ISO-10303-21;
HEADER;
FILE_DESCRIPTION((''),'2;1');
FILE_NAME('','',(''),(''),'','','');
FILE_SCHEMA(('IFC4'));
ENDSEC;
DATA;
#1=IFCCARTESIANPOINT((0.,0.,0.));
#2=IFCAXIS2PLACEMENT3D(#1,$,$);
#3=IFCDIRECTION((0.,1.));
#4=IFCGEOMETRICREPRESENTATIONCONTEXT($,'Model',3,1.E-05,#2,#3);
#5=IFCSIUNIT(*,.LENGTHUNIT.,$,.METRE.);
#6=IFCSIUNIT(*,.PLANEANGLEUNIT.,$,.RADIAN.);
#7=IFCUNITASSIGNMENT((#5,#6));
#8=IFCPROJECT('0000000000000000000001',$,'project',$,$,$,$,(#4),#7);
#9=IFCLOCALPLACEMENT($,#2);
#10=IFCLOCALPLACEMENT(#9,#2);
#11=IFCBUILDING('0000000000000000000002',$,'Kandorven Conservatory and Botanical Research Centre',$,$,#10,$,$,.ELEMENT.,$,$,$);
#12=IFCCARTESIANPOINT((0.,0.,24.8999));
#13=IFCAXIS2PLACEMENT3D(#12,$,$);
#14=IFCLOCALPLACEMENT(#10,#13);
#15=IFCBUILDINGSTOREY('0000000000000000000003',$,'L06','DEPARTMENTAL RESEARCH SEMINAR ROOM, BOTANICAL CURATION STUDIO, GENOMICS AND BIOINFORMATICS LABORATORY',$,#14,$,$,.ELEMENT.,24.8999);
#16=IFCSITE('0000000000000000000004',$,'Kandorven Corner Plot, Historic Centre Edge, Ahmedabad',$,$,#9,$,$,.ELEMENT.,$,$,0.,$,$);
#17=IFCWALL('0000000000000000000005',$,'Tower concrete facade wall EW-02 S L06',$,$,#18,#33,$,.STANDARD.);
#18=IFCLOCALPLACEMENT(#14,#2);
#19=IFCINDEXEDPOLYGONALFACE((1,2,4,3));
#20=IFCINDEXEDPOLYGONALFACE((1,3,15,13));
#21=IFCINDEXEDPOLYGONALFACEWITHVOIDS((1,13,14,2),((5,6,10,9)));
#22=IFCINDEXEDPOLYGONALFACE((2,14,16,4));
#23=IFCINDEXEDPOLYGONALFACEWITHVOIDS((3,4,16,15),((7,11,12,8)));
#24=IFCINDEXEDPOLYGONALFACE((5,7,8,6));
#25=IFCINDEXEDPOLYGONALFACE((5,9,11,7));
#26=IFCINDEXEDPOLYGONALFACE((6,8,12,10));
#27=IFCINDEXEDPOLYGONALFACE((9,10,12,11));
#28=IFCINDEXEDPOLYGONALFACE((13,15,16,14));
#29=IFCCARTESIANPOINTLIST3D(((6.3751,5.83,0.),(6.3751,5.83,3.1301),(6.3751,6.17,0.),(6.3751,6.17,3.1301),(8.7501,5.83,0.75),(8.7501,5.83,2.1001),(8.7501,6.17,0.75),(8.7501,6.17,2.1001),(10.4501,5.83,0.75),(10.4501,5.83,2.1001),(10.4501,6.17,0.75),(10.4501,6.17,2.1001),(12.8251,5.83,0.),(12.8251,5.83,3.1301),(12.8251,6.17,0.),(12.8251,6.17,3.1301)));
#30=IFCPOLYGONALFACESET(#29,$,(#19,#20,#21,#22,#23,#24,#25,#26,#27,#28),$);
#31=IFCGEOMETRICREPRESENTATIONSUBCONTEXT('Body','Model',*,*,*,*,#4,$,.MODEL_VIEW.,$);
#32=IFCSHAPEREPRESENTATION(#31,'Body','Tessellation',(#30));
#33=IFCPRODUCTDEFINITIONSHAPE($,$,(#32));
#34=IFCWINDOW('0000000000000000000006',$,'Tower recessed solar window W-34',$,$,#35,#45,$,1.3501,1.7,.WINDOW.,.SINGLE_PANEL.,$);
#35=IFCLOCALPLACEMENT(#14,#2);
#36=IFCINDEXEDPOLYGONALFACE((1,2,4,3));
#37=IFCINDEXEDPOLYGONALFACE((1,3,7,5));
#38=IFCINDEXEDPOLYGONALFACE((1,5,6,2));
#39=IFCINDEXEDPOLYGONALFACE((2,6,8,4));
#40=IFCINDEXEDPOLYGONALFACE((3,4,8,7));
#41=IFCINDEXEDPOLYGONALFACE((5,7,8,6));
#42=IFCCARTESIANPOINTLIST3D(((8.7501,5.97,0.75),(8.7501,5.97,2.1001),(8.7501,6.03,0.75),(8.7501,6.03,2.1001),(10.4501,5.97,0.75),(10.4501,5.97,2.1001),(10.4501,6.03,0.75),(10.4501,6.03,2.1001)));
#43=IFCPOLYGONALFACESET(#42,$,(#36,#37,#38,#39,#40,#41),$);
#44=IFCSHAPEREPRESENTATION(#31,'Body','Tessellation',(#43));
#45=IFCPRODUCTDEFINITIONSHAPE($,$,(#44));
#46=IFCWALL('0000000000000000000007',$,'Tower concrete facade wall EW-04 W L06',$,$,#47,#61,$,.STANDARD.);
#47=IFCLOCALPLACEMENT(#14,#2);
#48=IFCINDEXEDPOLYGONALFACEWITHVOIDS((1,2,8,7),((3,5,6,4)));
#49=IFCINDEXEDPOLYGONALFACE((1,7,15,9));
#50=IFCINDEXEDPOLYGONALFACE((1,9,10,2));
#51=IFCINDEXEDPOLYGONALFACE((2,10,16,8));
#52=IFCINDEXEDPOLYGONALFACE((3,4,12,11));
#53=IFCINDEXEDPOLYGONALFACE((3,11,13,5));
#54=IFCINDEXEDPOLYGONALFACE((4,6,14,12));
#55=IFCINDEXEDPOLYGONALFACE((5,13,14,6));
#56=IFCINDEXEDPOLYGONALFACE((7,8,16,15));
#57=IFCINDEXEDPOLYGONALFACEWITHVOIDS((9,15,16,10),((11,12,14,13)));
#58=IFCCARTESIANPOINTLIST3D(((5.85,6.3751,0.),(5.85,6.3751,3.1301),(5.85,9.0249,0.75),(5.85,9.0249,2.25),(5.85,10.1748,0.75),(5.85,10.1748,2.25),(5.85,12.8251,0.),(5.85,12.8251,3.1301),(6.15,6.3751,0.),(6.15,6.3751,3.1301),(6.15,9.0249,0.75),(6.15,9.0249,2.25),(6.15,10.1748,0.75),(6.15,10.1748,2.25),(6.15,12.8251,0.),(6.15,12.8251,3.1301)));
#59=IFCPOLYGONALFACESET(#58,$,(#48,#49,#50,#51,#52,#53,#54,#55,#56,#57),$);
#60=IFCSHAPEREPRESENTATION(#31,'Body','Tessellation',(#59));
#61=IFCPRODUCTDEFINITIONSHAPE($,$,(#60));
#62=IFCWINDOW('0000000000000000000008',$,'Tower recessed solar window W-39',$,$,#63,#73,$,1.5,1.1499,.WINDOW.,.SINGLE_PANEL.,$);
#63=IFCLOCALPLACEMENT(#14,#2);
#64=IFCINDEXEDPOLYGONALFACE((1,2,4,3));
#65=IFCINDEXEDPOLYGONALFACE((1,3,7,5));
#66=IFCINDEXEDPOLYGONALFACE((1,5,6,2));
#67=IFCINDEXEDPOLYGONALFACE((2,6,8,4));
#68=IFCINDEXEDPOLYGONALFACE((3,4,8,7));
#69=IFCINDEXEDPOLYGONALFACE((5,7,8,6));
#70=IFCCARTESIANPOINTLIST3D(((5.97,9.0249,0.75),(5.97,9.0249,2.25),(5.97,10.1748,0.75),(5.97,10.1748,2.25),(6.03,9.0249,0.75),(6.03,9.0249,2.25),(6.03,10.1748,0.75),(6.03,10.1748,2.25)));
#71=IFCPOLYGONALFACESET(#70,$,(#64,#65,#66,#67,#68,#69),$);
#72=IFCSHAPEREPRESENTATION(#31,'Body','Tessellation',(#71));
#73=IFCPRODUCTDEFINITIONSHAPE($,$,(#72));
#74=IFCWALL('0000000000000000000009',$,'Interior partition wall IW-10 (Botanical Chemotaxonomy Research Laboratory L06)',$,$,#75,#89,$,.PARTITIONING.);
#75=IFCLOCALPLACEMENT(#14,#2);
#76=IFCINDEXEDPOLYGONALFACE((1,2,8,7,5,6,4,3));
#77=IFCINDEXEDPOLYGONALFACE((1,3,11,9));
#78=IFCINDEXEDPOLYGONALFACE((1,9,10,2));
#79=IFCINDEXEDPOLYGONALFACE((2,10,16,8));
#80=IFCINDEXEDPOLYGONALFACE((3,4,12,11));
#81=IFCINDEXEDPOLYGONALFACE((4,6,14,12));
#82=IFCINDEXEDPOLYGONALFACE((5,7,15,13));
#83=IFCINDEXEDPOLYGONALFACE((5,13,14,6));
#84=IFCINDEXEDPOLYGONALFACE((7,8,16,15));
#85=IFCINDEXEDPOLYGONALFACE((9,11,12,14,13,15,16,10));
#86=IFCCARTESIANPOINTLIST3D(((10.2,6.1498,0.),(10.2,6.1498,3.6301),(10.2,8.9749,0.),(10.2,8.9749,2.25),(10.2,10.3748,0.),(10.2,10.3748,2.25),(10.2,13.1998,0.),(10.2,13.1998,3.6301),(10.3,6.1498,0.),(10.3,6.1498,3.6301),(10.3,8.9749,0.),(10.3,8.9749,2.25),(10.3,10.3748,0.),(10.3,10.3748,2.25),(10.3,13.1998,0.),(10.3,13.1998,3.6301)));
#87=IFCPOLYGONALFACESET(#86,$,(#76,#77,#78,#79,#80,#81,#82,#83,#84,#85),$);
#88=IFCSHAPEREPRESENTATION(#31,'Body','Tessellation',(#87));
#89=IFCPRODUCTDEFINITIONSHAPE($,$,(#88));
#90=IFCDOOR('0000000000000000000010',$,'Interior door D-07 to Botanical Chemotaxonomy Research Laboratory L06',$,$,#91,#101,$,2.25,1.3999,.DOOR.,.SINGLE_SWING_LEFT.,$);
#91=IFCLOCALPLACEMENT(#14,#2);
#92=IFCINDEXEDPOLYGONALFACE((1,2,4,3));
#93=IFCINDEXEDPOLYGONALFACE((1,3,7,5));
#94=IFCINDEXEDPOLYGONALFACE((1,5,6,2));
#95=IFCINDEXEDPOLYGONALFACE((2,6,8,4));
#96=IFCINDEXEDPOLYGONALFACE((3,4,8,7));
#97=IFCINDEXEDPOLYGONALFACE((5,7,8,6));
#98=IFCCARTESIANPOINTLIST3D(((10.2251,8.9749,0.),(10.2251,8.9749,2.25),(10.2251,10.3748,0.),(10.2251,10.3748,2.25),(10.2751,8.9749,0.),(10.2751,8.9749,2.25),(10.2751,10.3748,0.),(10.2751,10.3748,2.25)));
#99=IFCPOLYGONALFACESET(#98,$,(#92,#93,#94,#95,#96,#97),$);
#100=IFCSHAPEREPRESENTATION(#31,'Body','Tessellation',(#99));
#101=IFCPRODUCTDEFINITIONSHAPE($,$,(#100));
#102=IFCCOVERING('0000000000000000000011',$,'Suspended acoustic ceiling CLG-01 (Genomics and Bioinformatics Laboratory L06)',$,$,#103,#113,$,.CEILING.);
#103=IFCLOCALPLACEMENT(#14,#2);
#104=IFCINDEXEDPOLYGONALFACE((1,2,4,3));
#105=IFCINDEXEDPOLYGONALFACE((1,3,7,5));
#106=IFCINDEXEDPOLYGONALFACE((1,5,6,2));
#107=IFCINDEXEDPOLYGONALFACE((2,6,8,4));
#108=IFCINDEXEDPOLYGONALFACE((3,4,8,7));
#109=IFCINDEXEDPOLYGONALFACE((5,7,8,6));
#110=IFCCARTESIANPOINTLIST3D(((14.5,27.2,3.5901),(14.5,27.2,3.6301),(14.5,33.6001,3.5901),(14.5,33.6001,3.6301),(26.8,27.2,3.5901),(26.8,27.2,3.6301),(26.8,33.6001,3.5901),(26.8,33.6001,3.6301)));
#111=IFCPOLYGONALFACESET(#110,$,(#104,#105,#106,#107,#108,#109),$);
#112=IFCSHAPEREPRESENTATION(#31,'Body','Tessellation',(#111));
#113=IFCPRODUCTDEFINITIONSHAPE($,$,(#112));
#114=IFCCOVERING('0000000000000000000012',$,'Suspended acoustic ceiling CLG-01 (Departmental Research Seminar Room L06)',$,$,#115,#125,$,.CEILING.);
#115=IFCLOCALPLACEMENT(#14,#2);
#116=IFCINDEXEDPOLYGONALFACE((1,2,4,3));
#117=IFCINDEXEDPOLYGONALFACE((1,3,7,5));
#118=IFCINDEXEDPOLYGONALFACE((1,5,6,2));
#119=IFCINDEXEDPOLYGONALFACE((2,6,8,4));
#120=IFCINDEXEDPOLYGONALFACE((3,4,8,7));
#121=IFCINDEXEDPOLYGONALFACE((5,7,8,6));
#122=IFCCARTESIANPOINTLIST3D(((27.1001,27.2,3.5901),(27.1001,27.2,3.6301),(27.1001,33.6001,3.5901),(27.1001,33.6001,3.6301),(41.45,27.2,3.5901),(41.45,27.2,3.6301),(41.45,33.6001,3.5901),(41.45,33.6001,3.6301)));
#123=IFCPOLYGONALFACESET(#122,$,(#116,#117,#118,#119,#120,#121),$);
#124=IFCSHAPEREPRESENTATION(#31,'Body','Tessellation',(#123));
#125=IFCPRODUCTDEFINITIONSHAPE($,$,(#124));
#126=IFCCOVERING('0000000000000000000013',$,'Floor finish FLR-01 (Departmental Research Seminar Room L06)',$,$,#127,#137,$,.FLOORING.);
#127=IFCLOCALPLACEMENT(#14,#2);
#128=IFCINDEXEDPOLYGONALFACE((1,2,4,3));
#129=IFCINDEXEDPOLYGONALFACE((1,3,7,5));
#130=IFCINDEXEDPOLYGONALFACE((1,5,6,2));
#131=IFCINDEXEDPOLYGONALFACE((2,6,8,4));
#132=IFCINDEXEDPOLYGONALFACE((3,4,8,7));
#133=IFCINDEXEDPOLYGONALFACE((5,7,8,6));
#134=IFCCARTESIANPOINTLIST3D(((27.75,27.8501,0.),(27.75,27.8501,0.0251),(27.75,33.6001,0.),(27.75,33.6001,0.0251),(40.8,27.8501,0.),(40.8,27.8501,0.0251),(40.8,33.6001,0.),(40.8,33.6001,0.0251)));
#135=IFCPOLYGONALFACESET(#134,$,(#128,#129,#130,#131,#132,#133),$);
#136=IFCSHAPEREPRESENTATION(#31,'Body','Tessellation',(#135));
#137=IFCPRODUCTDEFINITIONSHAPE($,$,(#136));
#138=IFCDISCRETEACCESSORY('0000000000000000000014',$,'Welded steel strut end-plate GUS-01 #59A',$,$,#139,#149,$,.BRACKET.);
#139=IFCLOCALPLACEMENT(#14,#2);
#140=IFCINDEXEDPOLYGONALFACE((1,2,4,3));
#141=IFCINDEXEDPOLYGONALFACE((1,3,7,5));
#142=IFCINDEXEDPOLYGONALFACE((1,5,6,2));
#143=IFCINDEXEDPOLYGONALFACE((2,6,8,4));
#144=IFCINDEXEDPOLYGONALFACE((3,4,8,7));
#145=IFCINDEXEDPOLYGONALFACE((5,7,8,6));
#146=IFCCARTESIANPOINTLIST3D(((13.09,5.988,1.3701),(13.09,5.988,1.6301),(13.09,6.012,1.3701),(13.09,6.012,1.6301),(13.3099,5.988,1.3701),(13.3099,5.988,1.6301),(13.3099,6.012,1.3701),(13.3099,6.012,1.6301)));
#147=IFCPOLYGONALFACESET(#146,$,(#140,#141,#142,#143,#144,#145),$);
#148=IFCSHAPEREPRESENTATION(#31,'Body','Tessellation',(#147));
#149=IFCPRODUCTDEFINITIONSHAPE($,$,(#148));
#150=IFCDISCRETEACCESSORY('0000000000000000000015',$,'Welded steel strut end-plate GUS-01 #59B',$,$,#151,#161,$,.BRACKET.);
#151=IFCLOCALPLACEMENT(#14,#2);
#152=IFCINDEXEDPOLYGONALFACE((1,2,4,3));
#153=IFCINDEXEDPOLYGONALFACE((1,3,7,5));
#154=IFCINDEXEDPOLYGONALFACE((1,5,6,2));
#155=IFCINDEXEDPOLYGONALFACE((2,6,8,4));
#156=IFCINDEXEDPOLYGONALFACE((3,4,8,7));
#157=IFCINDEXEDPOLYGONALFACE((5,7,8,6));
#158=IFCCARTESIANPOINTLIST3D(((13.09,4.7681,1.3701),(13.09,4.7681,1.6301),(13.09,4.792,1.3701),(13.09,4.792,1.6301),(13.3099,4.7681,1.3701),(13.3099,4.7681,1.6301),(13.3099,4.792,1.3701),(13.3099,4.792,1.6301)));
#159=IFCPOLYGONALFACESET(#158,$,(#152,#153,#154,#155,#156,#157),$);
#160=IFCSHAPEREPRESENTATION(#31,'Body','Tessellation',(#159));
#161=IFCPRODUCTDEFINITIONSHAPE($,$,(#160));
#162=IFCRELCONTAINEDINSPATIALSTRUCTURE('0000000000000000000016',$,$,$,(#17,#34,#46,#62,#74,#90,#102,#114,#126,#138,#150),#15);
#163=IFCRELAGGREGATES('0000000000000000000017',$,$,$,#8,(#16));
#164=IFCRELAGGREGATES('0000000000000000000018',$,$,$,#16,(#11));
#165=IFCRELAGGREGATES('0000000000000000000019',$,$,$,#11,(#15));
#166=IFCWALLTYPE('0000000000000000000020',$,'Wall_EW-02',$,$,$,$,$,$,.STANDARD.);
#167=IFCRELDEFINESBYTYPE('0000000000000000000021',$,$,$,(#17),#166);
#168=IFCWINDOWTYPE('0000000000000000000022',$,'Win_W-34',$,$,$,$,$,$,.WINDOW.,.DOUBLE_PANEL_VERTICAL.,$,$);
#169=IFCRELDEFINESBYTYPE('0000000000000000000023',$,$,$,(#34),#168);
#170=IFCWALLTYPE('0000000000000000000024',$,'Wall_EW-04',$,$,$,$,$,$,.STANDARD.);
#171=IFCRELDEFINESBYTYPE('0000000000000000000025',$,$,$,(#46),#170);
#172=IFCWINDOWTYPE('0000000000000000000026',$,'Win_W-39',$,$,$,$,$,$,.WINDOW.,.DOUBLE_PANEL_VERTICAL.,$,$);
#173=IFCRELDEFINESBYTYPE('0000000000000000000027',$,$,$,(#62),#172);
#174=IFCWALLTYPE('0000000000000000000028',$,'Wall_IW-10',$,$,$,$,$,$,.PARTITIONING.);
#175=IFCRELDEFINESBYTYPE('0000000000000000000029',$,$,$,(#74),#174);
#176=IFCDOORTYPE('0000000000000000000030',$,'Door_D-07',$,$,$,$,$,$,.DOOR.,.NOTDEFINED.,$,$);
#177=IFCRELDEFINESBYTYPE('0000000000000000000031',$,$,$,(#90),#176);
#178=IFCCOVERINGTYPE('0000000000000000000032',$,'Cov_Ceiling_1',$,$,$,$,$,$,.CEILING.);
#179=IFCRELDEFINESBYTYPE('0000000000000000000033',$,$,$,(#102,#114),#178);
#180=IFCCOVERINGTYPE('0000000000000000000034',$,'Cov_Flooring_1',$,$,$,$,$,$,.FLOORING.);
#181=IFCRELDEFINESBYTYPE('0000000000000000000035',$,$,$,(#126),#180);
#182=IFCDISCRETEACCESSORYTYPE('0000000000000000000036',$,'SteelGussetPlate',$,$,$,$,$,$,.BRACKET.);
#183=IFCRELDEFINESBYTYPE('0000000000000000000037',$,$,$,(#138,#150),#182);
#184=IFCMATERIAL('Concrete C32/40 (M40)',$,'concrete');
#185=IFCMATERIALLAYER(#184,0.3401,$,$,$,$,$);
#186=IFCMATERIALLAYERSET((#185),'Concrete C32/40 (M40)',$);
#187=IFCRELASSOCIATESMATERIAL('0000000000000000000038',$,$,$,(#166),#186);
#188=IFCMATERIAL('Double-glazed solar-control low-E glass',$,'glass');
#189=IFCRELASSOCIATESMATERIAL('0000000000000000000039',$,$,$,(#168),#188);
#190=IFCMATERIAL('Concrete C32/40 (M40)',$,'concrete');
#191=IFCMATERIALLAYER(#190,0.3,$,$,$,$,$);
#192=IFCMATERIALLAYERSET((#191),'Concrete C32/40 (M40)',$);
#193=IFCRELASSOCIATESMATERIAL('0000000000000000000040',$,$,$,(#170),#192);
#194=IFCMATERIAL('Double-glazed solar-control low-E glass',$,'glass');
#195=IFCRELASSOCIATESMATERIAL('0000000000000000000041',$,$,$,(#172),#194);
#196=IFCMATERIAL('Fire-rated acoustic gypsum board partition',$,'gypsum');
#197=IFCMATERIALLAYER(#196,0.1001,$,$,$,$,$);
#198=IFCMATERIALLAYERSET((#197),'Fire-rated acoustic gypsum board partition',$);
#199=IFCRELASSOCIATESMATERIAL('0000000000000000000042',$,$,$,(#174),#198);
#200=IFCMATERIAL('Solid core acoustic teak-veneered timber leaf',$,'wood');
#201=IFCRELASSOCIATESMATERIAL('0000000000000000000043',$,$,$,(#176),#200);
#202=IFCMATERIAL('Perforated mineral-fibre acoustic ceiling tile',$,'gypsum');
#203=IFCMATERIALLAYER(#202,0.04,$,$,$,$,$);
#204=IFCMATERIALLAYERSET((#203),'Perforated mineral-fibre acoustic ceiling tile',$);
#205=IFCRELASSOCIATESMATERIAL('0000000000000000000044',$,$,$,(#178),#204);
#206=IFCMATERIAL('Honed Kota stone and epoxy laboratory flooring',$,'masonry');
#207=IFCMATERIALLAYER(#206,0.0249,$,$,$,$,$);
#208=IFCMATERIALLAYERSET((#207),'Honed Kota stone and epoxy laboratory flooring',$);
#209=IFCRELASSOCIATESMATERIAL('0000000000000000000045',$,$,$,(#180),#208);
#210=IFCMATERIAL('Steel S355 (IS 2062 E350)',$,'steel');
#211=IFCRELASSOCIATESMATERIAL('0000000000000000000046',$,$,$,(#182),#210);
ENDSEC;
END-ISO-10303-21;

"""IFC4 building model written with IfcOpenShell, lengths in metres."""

from ifc_helpers import new_model, si_unit, direction, frame, frame_2d, origin, origin_2d, place, context, subcontext, project, spatial, polyline, rectangle, outline, extrude, material, layer, layer_set, type_object, element, fill, save


model = new_model("IFC4")

# Units and contexts
model_context = context("Model", 3, precision=1e-05, world=origin(), true_north=direction((0.0, 1.0)))
body_context = subcontext(model_context, "Body", "Model", "MODEL_VIEW")
ifc_project = project(units=[si_unit("LENGTHUNIT", "METRE"), si_unit("PLANEANGLEUNIT", "RADIAN")], contexts=[model_context])

# Site, building, storey
site_placement = place(None, origin())
site = spatial("IfcSite", under=ifc_project, at=site_placement, Name="Kandorven Corner Plot, Historic Centre Edge, Ahmedabad", CompositionType="ELEMENT", RefElevation=0.0)
building_placement = place(site_placement, origin())
building = spatial("IfcBuilding", under=site, at=building_placement, Name="Kandorven Conservatory and Botanical Research Centre", CompositionType="ELEMENT")
storey_placement = place(building_placement, frame((0.0, 0.0, 24.8999)))
storey = spatial("IfcBuildingStorey", under=building, at=storey_placement, Name="L06", Description="DEPARTMENTAL RESEARCH SEMINAR ROOM, BOTANICAL CURATION STUDIO, GENOMICS AND BIOINFORMATICS LABORATORY", CompositionType="ELEMENT", Elevation=24.8999)

# Walls, openings, windows
ifc_material_1 = material(Name="Concrete C32/40 (M40)", Category="concrete")
ifc_layer_1 = layer(ifc_material_1, 0.3401)
ifc_layer_set_1 = layer_set([ifc_layer_1], Name="Concrete C32/40 (M40)")
wall_type_1 = type_object("IfcWallType", Name="Wall_EW-02", PredefinedType="STANDARD", material=ifc_layer_set_1)
wall_1_placement = place(storey_placement, frame((6.375, 6.0, 0.0), z_axis=(0.0, 0.0, 1.0), x_axis=(1.0, 0.0, 0.0)))
wall_1 = element("IfcWall", 1, at=wall_1_placement, inside=storey, type_object=wall_type_1, Name="Tower concrete facade wall EW-02 S L06", PredefinedType="STANDARD", context=body_context, shape_type="SweptSolid", body=[
    extrude(rectangle(XDim=6.45, YDim=0.3401, at=frame_2d((3.2251, 0.0))), origin(), (0.0, 0.0, 1.0), 3.1301),
])
opening_1_placement = place(wall_1_placement, frame((2.375, 0.0, 0.75)))
opening_1 = element("IfcOpeningElement", 2, at=opening_1_placement, cuts=wall_1, PredefinedType="OPENING", context=body_context, shape_type="SweptSolid", body=[
    extrude(rectangle(XDim=1.7, YDim=1.3501, at=frame_2d((0.8501, 0.675))), frame((0.0, 0.1799, 0.0), z_axis=(0.0, -1.0, 0.0), x_axis=(1.0, 0.0, 0.0)), (0.0, 0.0, 1.0), 0.3601),
])
ifc_material_2 = material(Name="Double-glazed solar-control low-E glass", Category="glass")
window_type_1 = type_object("IfcWindowType", Name="Win_W-34", PartitioningType="DOUBLE_PANEL_VERTICAL", PredefinedType="WINDOW", material=ifc_material_2)
window_1_placement = place(opening_1_placement, origin())
window_1 = element("IfcWindow", 3, at=window_1_placement, inside=storey, type_object=window_type_1, Name="Tower recessed solar window W-34", OverallHeight=1.3501, OverallWidth=1.7, PartitioningType="SINGLE_PANEL", PredefinedType="WINDOW", context=body_context, shape_type="SweptSolid", body=[
    extrude(rectangle(XDim=1.7, YDim=1.3501, at=frame_2d((0.8501, 0.675))), frame((0.0, 0.03, 0.0), z_axis=(0.0, -1.0, 0.0), x_axis=(1.0, 0.0, 0.0)), (0.0, 0.0, 1.0), 0.0601),
])
fill(opening_1, window_1)
ifc_material_3 = material(Name="Concrete C32/40 (M40)", Category="concrete")
ifc_layer_2 = layer(ifc_material_3, 0.3)
ifc_layer_set_2 = layer_set([ifc_layer_2], Name="Concrete C32/40 (M40)")
wall_type_2 = type_object("IfcWallType", Name="Wall_EW-04", PredefinedType="STANDARD", material=ifc_layer_set_2)
wall_2_placement = place(storey_placement, frame((6.0, 6.375, 0.0), z_axis=(0.0, 0.0, 1.0), x_axis=(0.0, 1.0, 0.0)))
wall_2 = element("IfcWall", 4, at=wall_2_placement, inside=storey, type_object=wall_type_2, Name="Tower concrete facade wall EW-04 W L06", PredefinedType="STANDARD", context=body_context, shape_type="SweptSolid", body=[
    extrude(rectangle(XDim=6.45, YDim=0.3, at=frame_2d((3.2251, 0.0))), origin(), (0.0, 0.0, 1.0), 3.1301),
])
opening_2_placement = place(wall_2_placement, frame((2.6499, 0.0, 0.75)))
opening_2 = element("IfcOpeningElement", 5, at=opening_2_placement, cuts=wall_2, PredefinedType="OPENING", context=body_context, shape_type="SweptSolid", body=[
    extrude(rectangle(XDim=1.1499, YDim=1.5, at=frame_2d((0.575, 0.75))), frame((0.0, 0.1599, 0.0), z_axis=(0.0, -1.0, 0.0), x_axis=(1.0, 0.0, 0.0)), (0.0, 0.0, 1.0), 0.3201),
])
ifc_material_4 = material(Name="Double-glazed solar-control low-E glass", Category="glass")
window_type_2 = type_object("IfcWindowType", Name="Win_W-39", PartitioningType="DOUBLE_PANEL_VERTICAL", PredefinedType="WINDOW", material=ifc_material_4)
window_2_placement = place(opening_2_placement, origin())
window_2 = element("IfcWindow", 6, at=window_2_placement, inside=storey, type_object=window_type_2, Name="Tower recessed solar window W-39", OverallHeight=1.5, OverallWidth=1.1499, PartitioningType="SINGLE_PANEL", PredefinedType="WINDOW", context=body_context, shape_type="SweptSolid", body=[
    extrude(rectangle(XDim=1.1499, YDim=1.5, at=frame_2d((0.575, 0.75))), frame((0.0, 0.03, 0.0), z_axis=(0.0, -1.0, 0.0), x_axis=(1.0, 0.0, 0.0)), (0.0, 0.0, 1.0), 0.0601),
])
fill(opening_2, window_2)

# Wall, opening, door
ifc_material_5 = material(Name="Fire-rated acoustic gypsum board partition", Category="gypsum")
ifc_layer_3 = layer(ifc_material_5, 0.1001)
ifc_layer_set_3 = layer_set([ifc_layer_3], Name="Fire-rated acoustic gypsum board partition")
wall_type_3 = type_object("IfcWallType", Name="Wall_IW-10", PredefinedType="PARTITIONING", material=ifc_layer_set_3)
wall_3_placement = place(storey_placement, frame((10.25, 6.1499, 0.0), z_axis=(0.0, 0.0, 1.0), x_axis=(0.0, 1.0, 0.0)))
wall_3 = element("IfcWall", 7, at=wall_3_placement, inside=storey, type_object=wall_type_3, Name="Interior partition wall IW-10 (Botanical Chemotaxonomy Research Laboratory L06)", PredefinedType="PARTITIONING", context=body_context, shape_type="SweptSolid", body=[
    extrude(rectangle(XDim=7.05, YDim=0.1001, at=frame_2d((3.5249, 0.0))), origin(), (0.0, 0.0, 1.0), 3.6301),
])
opening_3_placement = place(wall_3_placement, frame((2.825, 0.0, 0.0)))
opening_3 = element("IfcOpeningElement", 8, at=opening_3_placement, cuts=wall_3, PredefinedType="OPENING", context=body_context, shape_type="SweptSolid", body=[
    extrude(rectangle(XDim=1.3999, YDim=2.25, at=frame_2d((0.7, 1.125))), frame((0.0, 0.0601, 0.0), z_axis=(0.0, -1.0, 0.0), x_axis=(1.0, 0.0, 0.0)), (0.0, 0.0, 1.0), 0.1201),
])
ifc_material_6 = material(Name="Solid core acoustic teak-veneered timber leaf", Category="wood")
door_type = type_object("IfcDoorType", Name="Door_D-07", OperationType="NOTDEFINED", PredefinedType="DOOR", material=ifc_material_6)
door_placement = place(opening_3_placement, origin())
door = element("IfcDoor", 9, at=door_placement, inside=storey, type_object=door_type, Name="Interior door D-07 to Botanical Chemotaxonomy Research Laboratory L06", OperationType="SINGLE_SWING_LEFT", OverallHeight=2.25, OverallWidth=1.3999, PredefinedType="DOOR", context=body_context, shape_type="SweptSolid", body=[
    extrude(rectangle(XDim=1.3999, YDim=2.25, at=frame_2d((0.7, 1.125))), frame((0.0, 0.0249, 0.0), z_axis=(0.0, -1.0, 0.0), x_axis=(1.0, 0.0, 0.0)), (0.0, 0.0, 1.0), 0.05),
])
fill(opening_3, door)

# Coverings
ifc_material_7 = material(Name="Perforated mineral-fibre acoustic ceiling tile", Category="gypsum")
ifc_layer_4 = layer(ifc_material_7, 0.04)
ifc_layer_set_4 = layer_set([ifc_layer_4], Name="Perforated mineral-fibre acoustic ceiling tile")
covering_type_1 = type_object("IfcCoveringType", Name="Cov_Ceiling_1", PredefinedType="CEILING", material=ifc_layer_set_4)
covering_1_placement = place(storey_placement, frame((0.0, 0.0, 3.5901)))
element("IfcCovering", 10, at=covering_1_placement, inside=storey, type_object=covering_type_1, Name="Suspended acoustic ceiling CLG-01 (Genomics and Bioinformatics Laboratory L06)", PredefinedType="CEILING", context=body_context, shape_type="SweptSolid", body=[
    extrude(outline(polyline([(14.5, 27.2), (26.8, 27.2), (26.8, 33.6001), (14.5, 33.6001), (14.5, 27.2)])), origin(), (0.0, 0.0, 1.0), 0.04),
])
covering_2_placement = place(storey_placement, frame((0.0, 0.0, 3.5901)))
element("IfcCovering", 11, at=covering_2_placement, inside=storey, type_object=covering_type_1, Name="Suspended acoustic ceiling CLG-01 (Departmental Research Seminar Room L06)", PredefinedType="CEILING", context=body_context, shape_type="SweptSolid", body=[
    extrude(outline(polyline([(27.1001, 27.2), (41.45, 27.2), (41.45, 33.6001), (27.1001, 33.6001), (27.1001, 27.2)])), origin(), (0.0, 0.0, 1.0), 0.04),
])
ifc_material_8 = material(Name="Honed Kota stone and epoxy laboratory flooring", Category="masonry")
ifc_layer_5 = layer(ifc_material_8, 0.0249)
ifc_layer_set_5 = layer_set([ifc_layer_5], Name="Honed Kota stone and epoxy laboratory flooring")
covering_type_2 = type_object("IfcCoveringType", Name="Cov_Flooring_1", PredefinedType="FLOORING", material=ifc_layer_set_5)
covering_3_placement = place(storey_placement, origin())
element("IfcCovering", 12, at=covering_3_placement, inside=storey, type_object=covering_type_2, Name="Floor finish FLR-01 (Departmental Research Seminar Room L06)", PredefinedType="FLOORING", context=body_context, shape_type="SweptSolid", body=[
    extrude(outline(polyline([(27.75, 27.8501), (40.8, 27.8501), (40.8, 33.6001), (27.75, 33.6001), (27.75, 27.8501)])), origin(), (0.0, 0.0, 1.0), 0.0251),
])

# Discrete accessories
ifc_material_9 = material(Name="Steel S355 (IS 2062 E350)", Category="steel")
discrete_accessory_type = type_object("IfcDiscreteAccessoryType", Name="SteelGussetPlate", PredefinedType="BRACKET", material=ifc_material_9)
for number, where, z_axis, x_axis, name in (
    (13, (13.2, 6.0, 1.3701), (0.0, 0.0, 1.0), (1.0, 0.0, 0.0), "Welded steel strut end-plate GUS-01 #59A"),
    (14, (13.2, 4.78, 1.3701), (0.0, 0.0, 1.0), (1.0, 0.0, 0.0), "Welded steel strut end-plate GUS-01 #59B"),
):
    element("IfcDiscreteAccessory", number, at=place(storey_placement, frame(where, z_axis=z_axis, x_axis=x_axis)), inside=storey, type_object=discrete_accessory_type, Name=name, PredefinedType="BRACKET", context=body_context, shape_type="SweptSolid", body=[
        extrude(rectangle(XDim=0.22, YDim=0.0239, at=origin_2d()), origin(), (0.0, 0.0, 1.0), 0.26),
    ])

save(model, "model.ifc")
